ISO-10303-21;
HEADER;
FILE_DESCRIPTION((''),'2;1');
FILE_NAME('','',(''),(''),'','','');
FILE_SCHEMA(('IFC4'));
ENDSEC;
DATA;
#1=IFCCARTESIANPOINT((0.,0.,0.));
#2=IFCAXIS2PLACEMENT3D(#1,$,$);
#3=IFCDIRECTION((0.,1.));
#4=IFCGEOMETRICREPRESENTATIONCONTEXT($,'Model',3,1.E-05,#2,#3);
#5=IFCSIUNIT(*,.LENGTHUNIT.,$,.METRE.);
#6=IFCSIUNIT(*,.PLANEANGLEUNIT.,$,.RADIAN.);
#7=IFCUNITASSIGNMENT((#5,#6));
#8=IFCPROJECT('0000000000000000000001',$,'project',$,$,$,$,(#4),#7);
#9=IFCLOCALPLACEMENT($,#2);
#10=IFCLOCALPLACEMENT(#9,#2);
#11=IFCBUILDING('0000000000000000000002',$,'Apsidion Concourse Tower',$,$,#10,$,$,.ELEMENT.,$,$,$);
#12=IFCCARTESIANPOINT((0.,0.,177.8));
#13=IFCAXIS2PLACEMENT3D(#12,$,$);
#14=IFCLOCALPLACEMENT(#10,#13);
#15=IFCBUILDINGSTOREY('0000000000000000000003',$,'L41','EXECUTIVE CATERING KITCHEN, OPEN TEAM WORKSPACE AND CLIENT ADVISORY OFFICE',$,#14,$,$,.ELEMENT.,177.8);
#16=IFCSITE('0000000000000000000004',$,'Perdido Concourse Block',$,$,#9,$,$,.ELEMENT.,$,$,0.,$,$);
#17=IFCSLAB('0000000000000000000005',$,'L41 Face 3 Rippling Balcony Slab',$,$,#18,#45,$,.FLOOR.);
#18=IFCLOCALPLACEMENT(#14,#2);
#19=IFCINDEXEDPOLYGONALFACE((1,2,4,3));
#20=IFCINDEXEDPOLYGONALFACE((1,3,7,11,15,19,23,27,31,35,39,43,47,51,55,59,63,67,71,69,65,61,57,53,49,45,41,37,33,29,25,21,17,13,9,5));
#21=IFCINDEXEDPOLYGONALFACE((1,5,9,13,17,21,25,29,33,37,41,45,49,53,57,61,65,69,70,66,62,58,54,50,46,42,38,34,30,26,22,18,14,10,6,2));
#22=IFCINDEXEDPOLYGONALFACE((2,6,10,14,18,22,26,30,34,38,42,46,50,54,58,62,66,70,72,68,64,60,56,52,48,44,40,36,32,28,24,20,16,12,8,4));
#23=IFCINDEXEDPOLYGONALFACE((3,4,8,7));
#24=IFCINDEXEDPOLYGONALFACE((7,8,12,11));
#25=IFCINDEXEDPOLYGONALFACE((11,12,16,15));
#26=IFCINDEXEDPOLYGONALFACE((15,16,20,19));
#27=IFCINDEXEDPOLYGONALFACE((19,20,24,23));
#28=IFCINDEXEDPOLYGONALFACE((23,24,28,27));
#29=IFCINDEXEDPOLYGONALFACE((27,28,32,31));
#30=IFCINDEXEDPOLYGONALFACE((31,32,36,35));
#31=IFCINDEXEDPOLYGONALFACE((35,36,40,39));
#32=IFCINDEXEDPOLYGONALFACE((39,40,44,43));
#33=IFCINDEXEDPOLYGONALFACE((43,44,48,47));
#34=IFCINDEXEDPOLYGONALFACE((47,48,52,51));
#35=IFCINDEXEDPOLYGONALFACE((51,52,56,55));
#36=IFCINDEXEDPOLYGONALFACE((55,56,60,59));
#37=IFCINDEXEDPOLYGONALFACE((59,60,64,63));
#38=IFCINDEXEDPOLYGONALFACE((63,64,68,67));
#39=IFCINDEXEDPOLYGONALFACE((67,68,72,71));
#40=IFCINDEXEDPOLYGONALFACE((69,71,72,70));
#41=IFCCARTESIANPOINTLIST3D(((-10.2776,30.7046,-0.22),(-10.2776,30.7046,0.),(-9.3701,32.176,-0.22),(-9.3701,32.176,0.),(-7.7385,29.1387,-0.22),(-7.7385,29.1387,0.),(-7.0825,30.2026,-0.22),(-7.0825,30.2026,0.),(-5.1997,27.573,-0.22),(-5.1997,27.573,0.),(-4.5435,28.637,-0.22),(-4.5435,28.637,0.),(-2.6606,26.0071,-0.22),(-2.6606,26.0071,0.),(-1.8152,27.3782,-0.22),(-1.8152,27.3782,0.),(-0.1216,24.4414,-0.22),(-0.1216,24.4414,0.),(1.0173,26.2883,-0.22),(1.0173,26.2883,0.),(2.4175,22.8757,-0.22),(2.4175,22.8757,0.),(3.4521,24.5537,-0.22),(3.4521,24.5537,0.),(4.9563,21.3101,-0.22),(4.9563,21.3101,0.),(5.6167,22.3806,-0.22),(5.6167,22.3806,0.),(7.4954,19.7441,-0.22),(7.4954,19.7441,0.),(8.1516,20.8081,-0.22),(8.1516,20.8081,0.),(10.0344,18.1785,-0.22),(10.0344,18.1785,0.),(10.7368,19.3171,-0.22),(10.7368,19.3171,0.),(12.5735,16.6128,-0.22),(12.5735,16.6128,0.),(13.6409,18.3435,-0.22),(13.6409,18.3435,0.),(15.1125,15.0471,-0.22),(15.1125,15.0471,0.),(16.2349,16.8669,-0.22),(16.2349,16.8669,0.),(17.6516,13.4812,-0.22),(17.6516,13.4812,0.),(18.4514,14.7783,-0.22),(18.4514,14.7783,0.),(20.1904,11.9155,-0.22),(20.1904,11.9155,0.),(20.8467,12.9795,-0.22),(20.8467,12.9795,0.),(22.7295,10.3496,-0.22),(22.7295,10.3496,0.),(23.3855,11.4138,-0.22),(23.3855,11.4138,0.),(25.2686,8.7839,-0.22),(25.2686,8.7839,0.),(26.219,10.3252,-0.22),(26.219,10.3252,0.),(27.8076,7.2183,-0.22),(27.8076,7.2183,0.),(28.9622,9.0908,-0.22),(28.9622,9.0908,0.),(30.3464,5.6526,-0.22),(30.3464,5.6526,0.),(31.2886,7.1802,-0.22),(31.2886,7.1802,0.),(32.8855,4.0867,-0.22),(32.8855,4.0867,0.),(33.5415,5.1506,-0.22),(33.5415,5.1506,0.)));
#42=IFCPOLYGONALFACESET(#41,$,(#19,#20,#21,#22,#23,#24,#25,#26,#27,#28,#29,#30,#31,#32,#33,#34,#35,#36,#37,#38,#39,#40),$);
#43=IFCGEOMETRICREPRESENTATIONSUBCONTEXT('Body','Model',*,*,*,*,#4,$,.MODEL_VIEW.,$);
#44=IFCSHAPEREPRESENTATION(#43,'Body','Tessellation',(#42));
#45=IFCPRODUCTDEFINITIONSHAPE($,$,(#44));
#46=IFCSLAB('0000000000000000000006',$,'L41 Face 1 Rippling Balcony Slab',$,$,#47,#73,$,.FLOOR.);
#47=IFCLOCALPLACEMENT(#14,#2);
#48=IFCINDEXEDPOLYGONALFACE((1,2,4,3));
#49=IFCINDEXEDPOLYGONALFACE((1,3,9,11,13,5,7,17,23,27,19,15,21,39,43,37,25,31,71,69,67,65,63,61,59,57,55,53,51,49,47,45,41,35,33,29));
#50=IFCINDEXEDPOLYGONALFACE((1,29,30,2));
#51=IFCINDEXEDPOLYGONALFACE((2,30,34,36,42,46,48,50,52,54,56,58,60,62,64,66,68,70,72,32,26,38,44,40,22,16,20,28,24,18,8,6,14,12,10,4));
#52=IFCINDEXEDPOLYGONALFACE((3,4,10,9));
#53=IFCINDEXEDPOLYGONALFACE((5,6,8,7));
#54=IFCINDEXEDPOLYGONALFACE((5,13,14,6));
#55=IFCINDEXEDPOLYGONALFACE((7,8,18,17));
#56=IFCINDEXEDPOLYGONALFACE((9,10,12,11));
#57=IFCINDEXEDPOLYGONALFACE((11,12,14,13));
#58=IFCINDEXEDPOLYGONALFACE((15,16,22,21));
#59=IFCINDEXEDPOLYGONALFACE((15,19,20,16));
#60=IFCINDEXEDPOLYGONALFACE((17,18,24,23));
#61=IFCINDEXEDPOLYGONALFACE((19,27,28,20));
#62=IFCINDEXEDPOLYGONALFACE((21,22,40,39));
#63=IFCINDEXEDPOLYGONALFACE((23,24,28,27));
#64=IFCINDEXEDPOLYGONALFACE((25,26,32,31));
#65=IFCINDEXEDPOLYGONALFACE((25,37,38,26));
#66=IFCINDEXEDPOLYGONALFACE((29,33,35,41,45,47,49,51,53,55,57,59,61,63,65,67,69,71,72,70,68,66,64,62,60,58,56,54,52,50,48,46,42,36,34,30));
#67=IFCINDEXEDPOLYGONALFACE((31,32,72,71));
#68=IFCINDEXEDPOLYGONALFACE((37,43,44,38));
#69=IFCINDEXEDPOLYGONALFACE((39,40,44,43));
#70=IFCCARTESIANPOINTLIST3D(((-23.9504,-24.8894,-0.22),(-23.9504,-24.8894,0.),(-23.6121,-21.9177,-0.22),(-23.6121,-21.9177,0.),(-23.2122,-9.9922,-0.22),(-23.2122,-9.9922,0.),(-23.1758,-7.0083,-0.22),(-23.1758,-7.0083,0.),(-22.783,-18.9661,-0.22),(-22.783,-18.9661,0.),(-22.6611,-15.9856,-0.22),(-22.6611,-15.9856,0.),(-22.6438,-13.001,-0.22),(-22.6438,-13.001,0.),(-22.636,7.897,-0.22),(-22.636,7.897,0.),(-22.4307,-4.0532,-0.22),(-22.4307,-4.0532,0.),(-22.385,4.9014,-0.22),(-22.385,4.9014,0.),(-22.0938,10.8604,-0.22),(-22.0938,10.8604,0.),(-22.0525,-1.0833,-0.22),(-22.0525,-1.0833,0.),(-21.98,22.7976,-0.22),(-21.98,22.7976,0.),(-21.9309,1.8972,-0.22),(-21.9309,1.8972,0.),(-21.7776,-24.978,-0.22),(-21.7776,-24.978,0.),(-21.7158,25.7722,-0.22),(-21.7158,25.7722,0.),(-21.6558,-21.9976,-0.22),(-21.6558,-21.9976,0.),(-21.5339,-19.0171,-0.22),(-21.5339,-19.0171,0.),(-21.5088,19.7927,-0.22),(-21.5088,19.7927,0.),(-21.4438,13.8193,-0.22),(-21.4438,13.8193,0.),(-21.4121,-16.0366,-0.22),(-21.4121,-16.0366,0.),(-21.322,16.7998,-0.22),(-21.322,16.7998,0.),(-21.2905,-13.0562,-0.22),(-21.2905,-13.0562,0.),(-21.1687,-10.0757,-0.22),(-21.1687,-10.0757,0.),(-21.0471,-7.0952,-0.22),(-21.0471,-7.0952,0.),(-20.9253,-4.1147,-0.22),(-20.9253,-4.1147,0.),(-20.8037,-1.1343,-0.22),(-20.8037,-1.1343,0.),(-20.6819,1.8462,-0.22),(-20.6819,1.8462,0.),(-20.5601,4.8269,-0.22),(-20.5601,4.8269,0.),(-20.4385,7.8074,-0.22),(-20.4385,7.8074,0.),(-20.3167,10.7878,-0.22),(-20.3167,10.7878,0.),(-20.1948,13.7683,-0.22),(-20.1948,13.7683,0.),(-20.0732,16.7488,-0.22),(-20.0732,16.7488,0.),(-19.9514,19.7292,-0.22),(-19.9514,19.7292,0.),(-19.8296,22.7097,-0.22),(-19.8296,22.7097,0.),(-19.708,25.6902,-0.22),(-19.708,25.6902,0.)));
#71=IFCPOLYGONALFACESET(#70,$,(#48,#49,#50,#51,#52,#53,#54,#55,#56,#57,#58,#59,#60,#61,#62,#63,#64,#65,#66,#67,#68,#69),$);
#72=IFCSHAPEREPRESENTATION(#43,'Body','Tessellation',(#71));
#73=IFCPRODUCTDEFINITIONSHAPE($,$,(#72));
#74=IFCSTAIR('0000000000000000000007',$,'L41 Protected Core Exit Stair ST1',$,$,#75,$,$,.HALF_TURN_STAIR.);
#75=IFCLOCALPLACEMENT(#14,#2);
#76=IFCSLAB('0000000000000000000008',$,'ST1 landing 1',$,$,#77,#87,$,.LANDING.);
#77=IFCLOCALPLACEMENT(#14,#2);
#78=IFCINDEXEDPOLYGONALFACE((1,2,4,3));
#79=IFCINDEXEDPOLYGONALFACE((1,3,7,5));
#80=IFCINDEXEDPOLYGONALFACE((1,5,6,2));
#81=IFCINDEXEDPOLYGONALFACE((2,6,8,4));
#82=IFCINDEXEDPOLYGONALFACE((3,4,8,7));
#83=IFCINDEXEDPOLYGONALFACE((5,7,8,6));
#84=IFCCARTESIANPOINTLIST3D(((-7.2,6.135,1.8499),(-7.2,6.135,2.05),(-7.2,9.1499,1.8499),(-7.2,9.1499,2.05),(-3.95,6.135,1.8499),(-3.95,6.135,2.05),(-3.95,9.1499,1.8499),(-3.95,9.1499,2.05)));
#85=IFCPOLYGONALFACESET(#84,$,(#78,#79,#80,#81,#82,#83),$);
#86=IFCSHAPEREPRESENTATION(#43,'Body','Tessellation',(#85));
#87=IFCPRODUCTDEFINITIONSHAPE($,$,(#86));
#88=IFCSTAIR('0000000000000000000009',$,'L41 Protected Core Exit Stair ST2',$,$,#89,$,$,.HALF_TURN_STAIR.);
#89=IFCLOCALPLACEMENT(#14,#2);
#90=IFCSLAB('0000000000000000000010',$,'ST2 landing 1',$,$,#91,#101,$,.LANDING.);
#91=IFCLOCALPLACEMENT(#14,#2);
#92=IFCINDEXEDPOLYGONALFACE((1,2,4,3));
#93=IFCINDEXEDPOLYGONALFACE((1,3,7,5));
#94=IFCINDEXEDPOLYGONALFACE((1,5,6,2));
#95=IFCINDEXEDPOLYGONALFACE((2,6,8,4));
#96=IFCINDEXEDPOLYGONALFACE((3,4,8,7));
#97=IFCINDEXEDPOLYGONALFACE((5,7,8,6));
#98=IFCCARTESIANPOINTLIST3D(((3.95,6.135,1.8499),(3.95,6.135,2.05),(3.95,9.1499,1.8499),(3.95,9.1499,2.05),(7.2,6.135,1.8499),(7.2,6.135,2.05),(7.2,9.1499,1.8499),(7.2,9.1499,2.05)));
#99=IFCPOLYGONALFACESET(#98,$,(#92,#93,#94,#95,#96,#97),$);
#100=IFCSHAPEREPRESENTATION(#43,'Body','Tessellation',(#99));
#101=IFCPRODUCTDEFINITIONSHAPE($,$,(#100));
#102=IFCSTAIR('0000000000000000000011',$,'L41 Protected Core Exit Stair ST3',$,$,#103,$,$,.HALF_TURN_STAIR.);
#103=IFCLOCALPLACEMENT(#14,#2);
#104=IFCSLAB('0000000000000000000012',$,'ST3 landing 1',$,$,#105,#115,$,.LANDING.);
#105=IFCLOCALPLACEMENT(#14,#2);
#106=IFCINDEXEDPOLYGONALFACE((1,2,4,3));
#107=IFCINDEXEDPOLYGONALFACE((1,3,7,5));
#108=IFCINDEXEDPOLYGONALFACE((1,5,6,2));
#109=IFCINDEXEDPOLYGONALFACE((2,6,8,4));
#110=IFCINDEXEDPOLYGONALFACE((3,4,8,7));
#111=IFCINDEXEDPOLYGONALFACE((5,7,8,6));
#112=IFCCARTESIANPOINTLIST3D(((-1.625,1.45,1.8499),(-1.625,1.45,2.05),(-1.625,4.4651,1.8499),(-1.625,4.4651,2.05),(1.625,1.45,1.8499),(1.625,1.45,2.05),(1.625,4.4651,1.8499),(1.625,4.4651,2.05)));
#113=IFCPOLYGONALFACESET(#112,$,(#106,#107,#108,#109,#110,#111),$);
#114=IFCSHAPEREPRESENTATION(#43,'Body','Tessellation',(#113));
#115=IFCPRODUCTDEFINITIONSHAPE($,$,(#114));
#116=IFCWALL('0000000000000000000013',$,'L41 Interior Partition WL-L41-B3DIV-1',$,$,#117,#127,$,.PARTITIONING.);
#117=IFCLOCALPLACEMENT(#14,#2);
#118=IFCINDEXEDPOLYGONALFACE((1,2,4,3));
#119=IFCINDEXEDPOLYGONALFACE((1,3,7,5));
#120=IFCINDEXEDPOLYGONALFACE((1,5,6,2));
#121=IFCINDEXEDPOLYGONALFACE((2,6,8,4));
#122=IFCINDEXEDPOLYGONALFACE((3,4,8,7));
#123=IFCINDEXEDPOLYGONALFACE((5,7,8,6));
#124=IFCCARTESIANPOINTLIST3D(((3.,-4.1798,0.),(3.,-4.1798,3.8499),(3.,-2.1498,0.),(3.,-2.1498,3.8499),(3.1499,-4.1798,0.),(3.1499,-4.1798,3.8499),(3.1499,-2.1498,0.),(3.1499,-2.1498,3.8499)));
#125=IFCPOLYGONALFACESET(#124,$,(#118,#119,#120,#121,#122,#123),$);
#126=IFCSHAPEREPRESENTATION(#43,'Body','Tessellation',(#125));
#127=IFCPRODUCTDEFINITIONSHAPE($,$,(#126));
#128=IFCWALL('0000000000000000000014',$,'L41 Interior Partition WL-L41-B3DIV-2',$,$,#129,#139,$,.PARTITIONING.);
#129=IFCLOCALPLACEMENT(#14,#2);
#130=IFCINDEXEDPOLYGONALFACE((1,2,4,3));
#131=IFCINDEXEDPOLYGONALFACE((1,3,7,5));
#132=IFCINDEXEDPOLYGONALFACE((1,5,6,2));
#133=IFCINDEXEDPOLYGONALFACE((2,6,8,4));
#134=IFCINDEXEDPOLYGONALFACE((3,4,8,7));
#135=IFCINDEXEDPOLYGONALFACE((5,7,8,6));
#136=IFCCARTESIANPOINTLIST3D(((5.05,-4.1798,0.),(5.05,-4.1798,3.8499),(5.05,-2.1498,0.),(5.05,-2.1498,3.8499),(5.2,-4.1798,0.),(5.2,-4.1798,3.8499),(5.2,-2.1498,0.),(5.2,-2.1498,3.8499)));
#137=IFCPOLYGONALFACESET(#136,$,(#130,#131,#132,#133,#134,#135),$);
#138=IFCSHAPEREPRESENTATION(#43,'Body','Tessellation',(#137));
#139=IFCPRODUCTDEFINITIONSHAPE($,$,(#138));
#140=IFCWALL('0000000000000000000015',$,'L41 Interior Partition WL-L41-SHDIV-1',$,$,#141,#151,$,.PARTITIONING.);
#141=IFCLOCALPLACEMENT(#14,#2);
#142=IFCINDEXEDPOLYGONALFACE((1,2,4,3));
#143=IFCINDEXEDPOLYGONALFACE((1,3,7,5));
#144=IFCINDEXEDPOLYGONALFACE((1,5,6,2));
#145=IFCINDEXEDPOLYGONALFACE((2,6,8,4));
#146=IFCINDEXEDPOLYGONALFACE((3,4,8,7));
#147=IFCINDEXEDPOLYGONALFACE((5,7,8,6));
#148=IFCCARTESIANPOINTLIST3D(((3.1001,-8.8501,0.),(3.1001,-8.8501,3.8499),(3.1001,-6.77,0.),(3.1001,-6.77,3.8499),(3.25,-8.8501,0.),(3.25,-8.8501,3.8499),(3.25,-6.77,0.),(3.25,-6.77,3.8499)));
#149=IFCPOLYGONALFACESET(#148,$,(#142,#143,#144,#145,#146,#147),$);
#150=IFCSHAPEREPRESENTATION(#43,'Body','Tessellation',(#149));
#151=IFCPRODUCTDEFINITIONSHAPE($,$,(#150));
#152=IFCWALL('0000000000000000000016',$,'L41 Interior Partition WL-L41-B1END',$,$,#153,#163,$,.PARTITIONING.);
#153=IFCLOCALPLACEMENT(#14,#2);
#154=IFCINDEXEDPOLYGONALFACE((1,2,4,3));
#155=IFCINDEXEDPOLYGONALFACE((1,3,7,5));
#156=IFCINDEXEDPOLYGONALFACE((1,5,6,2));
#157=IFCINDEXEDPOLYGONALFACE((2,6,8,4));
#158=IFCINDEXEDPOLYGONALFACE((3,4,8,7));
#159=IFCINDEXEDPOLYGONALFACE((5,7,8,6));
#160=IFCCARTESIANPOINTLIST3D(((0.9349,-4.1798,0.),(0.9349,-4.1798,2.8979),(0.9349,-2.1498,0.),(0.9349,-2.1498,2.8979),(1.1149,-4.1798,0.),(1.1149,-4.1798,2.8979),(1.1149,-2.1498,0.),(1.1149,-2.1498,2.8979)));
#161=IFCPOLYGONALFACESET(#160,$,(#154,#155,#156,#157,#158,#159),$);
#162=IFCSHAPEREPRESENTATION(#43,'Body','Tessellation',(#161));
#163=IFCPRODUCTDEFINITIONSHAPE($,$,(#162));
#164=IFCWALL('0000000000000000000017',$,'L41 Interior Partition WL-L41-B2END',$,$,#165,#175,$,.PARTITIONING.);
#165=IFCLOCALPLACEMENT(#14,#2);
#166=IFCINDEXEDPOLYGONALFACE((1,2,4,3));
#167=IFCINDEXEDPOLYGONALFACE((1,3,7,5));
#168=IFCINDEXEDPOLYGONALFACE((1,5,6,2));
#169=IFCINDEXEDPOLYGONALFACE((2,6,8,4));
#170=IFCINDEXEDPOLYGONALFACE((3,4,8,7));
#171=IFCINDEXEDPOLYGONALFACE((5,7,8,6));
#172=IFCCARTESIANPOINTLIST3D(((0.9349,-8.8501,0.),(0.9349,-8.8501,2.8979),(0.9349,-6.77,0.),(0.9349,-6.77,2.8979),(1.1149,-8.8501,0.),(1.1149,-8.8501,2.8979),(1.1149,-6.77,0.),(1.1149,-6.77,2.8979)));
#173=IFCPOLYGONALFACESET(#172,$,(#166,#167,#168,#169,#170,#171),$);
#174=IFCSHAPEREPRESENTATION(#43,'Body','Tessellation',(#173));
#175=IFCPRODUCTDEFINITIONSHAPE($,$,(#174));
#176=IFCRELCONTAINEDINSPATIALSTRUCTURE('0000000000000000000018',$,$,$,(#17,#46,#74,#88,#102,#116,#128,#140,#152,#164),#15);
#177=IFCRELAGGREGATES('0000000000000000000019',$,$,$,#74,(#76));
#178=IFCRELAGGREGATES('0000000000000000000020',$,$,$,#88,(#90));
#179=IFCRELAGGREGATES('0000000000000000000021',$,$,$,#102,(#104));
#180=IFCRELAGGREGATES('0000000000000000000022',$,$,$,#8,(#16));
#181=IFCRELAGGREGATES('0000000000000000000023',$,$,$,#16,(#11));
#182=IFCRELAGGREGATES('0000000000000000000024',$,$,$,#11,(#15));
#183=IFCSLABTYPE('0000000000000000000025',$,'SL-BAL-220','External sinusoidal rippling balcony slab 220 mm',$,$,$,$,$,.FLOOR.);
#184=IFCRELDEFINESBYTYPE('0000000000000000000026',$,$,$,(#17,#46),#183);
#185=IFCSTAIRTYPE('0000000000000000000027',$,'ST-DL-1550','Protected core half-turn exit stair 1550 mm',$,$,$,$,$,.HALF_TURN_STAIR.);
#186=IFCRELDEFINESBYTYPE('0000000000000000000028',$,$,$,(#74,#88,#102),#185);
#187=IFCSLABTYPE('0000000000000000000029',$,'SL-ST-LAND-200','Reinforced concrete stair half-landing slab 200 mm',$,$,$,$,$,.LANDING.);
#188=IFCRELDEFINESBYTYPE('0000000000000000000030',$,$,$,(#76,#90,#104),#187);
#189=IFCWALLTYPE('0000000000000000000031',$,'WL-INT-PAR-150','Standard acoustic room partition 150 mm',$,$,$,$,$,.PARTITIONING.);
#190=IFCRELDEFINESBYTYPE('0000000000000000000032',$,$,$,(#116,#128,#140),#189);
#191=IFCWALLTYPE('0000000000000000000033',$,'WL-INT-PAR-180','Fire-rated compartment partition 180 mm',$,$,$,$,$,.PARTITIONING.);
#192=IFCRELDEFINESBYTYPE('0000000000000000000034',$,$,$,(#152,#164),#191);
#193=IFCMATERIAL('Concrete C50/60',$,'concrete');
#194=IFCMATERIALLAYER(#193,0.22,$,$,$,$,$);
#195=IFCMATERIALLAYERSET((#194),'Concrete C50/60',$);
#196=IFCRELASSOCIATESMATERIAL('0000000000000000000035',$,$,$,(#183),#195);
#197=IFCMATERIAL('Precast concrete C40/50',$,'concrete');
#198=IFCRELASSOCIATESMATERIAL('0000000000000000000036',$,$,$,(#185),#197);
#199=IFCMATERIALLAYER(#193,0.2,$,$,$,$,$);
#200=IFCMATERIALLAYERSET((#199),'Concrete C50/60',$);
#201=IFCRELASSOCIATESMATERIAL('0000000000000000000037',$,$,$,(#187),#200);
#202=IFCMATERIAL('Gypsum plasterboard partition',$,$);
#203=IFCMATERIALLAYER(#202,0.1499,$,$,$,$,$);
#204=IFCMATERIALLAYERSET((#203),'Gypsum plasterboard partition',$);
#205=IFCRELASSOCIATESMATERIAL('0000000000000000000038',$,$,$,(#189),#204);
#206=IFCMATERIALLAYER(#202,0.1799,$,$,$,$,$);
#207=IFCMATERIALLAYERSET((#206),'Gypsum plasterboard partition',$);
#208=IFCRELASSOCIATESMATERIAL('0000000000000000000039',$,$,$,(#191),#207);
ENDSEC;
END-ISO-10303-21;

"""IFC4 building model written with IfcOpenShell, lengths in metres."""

from ifc_helpers import new_model, si_unit, direction, frame, frame_2d, origin, place, context, subcontext, project, spatial, polyline, rectangle, outline, extrude, material, layer, layer_set, type_object, element, aggregate, save


model = new_model("IFC4")

# Units and contexts
model_context = context("Model", 3, precision=1e-05, world=origin(), true_north=direction((0.0, 1.0)))
body_context = subcontext(model_context, "Body", "Model", "MODEL_VIEW")
ifc_project = project(units=[si_unit("LENGTHUNIT", "METRE"), si_unit("PLANEANGLEUNIT", "RADIAN")], contexts=[model_context])

# Site, building, storey
site_placement = place(None, origin())
site = spatial("IfcSite", under=ifc_project, at=site_placement, Name="Perdido Concourse Block", CompositionType="ELEMENT", RefElevation=0.0)
building_placement = place(site_placement, origin())
building = spatial("IfcBuilding", under=site, at=building_placement, Name="Apsidion Concourse Tower", CompositionType="ELEMENT")
storey_placement = place(building_placement, frame((0.0, 0.0, 177.8)))
storey = spatial("IfcBuildingStorey", under=building, at=storey_placement, Name="L41", Description="EXECUTIVE CATERING KITCHEN, OPEN TEAM WORKSPACE AND CLIENT ADVISORY OFFICE", CompositionType="ELEMENT", Elevation=177.8)

# Shared definitions
ifc_material_1 = material(Name="Concrete C50/60", Category="concrete")

# Slabs
ifc_layer_1 = layer(ifc_material_1, 0.22)
ifc_layer_set_1 = layer_set([ifc_layer_1], Name="Concrete C50/60")
slab_type_1 = type_object("IfcSlabType", Name="SL-BAL-220", Description="External sinusoidal rippling balcony slab 220 mm", PredefinedType="FLOOR", material=ifc_layer_set_1)
slab_1_placement = place(storey_placement, frame((0.0, 0.0, -0.22)))
element("IfcSlab", 1, at=slab_1_placement, inside=storey, type_object=slab_type_1, Name="L41 Face 3 Rippling Balcony Slab", PredefinedType="FLOOR", context=body_context, shape_type="SweptSolid", body=[
    extrude(outline(polyline([(32.8855, 4.0867), (30.3464, 5.6526), (27.8076, 7.2183), (25.2686, 8.7839), (22.7295, 10.3496), (20.1904, 11.9155), (17.6516, 13.4812), (15.1125, 15.0471), (12.5735, 16.6128), (10.0344, 18.1785), (7.4954, 19.7441), (4.9563, 21.3101), (2.4175, 22.8757), (-0.1216, 24.4414), (-2.6606, 26.0071), (-5.1997, 27.573), (-7.7385, 29.1387), (-10.2776, 30.7046), (-9.3701, 32.176), (-7.0825, 30.2026), (-4.5435, 28.637), (-1.8152, 27.3782), (1.0173, 26.2883), (3.4521, 24.5537), (5.6167, 22.3806), (8.1516, 20.8081), (10.7368, 19.3171), (13.6409, 18.3435), (16.2349, 16.8669), (18.4514, 14.7783), (20.8467, 12.9795), (23.3855, 11.4138), (26.219, 10.3252), (28.9622, 9.0908), (31.2886, 7.1802), (33.5415, 5.1506), (32.8855, 4.0867)])), origin(), (0.0, 0.0, 1.0), 0.22),
])
slab_2_placement = place(storey_placement, frame((0.0, 0.0, -0.22)))
element("IfcSlab", 2, at=slab_2_placement, inside=storey, type_object=slab_type_1, Name="L41 Face 1 Rippling Balcony Slab", PredefinedType="FLOOR", context=body_context, shape_type="SweptSolid", body=[
    extrude(outline(polyline([(-19.708, 25.6902), (-19.8296, 22.7097), (-19.9514, 19.7292), (-20.0732, 16.7488), (-20.1948, 13.7683), (-20.3167, 10.7878), (-20.4385, 7.8074), (-20.5601, 4.8269), (-20.6819, 1.8462), (-20.8037, -1.1343), (-20.9253, -4.1147), (-21.0471, -7.0952), (-21.1687, -10.0757), (-21.2905, -13.0562), (-21.4121, -16.0366), (-21.5339, -19.0171), (-21.6558, -21.9976), (-21.7776, -24.978), (-23.9504, -24.8894), (-23.6121, -21.9177), (-22.783, -18.9661), (-22.6611, -15.9856), (-22.6438, -13.001), (-23.2122, -9.9922), (-23.1758, -7.0083), (-22.4307, -4.0532), (-22.0525, -1.0833), (-21.9309, 1.8972), (-22.385, 4.9014), (-22.636, 7.897), (-22.0938, 10.8604), (-21.4438, 13.8193), (-21.322, 16.7998), (-21.5088, 19.7927), (-21.98, 22.7976), (-21.7158, 25.7722), (-19.708, 25.6902)])), origin(), (0.0, 0.0, 1.0), 0.22),
])

# Stairs, slabs
ifc_material_2 = material(Name="Precast concrete C40/50", Category="concrete")
stair_type = type_object("IfcStairType", Name="ST-DL-1550", Description="Protected core half-turn exit stair 1550 mm", PredefinedType="HALF_TURN_STAIR", material=ifc_material_2)
stair_1_placement = place(storey_placement, origin())
stair_1 = element("IfcStair", 3, at=stair_1_placement, inside=storey, type_object=stair_type, Name="L41 Protected Core Exit Stair ST1", PredefinedType="HALF_TURN_STAIR")
ifc_layer_2 = layer(ifc_material_1, 0.2)
ifc_layer_set_2 = layer_set([ifc_layer_2], Name="Concrete C50/60")
slab_type_2 = type_object("IfcSlabType", Name="SL-ST-LAND-200", Description="Reinforced concrete stair half-landing slab 200 mm", PredefinedType="LANDING", material=ifc_layer_set_2)
slab_3_placement = place(storey_placement, frame((0.0, 0.0, 1.8499)))
slab_3 = element("IfcSlab", 4, at=slab_3_placement, type_object=slab_type_2, Name="ST1 landing 1", PredefinedType="LANDING", context=body_context, shape_type="SweptSolid", body=[
    extrude(outline(polyline([(-3.95, 6.135), (-3.95, 9.1499), (-7.2, 9.1499), (-7.2, 6.135), (-3.95, 6.135)])), origin(), (0.0, 0.0, 1.0), 0.2002),
])
aggregate(stair_1, [slab_3])
stair_2_placement = place(storey_placement, origin())
stair_2 = element("IfcStair", 5, at=stair_2_placement, inside=storey, type_object=stair_type, Name="L41 Protected Core Exit Stair ST2", PredefinedType="HALF_TURN_STAIR")
slab_4_placement = place(storey_placement, frame((0.0, 0.0, 1.8499)))
slab_4 = element("IfcSlab", 6, at=slab_4_placement, type_object=slab_type_2, Name="ST2 landing 1", PredefinedType="LANDING", context=body_context, shape_type="SweptSolid", body=[
    extrude(outline(polyline([(7.2, 6.135), (7.2, 9.1499), (3.95, 9.1499), (3.95, 6.135), (7.2, 6.135)])), origin(), (0.0, 0.0, 1.0), 0.2002),
])
aggregate(stair_2, [slab_4])
stair_3_placement = place(storey_placement, origin())
stair_3 = element("IfcStair", 7, at=stair_3_placement, inside=storey, type_object=stair_type, Name="L41 Protected Core Exit Stair ST3", PredefinedType="HALF_TURN_STAIR")
slab_5_placement = place(storey_placement, frame((0.0, 0.0, 1.8499)))
slab_5 = element("IfcSlab", 8, at=slab_5_placement, type_object=slab_type_2, Name="ST3 landing 1", PredefinedType="LANDING", context=body_context, shape_type="SweptSolid", body=[
    extrude(outline(polyline([(-1.625, 4.4651), (-1.625, 1.45), (1.625, 1.45), (1.625, 4.4651), (-1.625, 4.4651)])), origin(), (0.0, 0.0, 1.0), 0.2002),
])
aggregate(stair_3, [slab_5])

# Walls
ifc_material_3 = material(Name="Gypsum plasterboard partition")
ifc_layer_3 = layer(ifc_material_3, 0.1499)
ifc_layer_set_3 = layer_set([ifc_layer_3], Name="Gypsum plasterboard partition")
wall_type_1 = type_object("IfcWallType", Name="WL-INT-PAR-150", Description="Standard acoustic room partition 150 mm", PredefinedType="PARTITIONING", material=ifc_layer_set_3)
for number, where, z_axis, x_axis, name in (
    (9, (3.075, -4.1799, 0.0), (0.0, 0.0, 1.0), (0.0, 1.0, 0.0), "L41 Interior Partition WL-L41-B3DIV-1"),
    (10, (5.125, -4.1799, 0.0), (0.0, 0.0, 1.0), (0.0, 1.0, 0.0), "L41 Interior Partition WL-L41-B3DIV-2"),
):
    element("IfcWall", number, at=place(storey_placement, frame(where, z_axis=z_axis, x_axis=x_axis)), inside=storey, type_object=wall_type_1, Name=name, PredefinedType="PARTITIONING", context=body_context, shape_type="SweptSolid", body=[
        extrude(rectangle(XDim=2.03, YDim=0.1499, at=frame_2d((1.0151, 0.0))), origin(), (0.0, 0.0, 1.0), 3.8499),
    ])
wall_1_placement = place(storey_placement, frame((3.175, -8.8501, 0.0), z_axis=(0.0, 0.0, 1.0), x_axis=(0.0, 1.0, 0.0)))
element("IfcWall", 11, at=wall_1_placement, inside=storey, type_object=wall_type_1, Name="L41 Interior Partition WL-L41-SHDIV-1", PredefinedType="PARTITIONING", context=body_context, shape_type="SweptSolid", body=[
    extrude(rectangle(XDim=2.0801, YDim=0.1499, at=frame_2d((1.04, 0.0))), origin(), (0.0, 0.0, 1.0), 3.8499),
])
ifc_layer_4 = layer(ifc_material_3, 0.1799)
ifc_layer_set_4 = layer_set([ifc_layer_4], Name="Gypsum plasterboard partition")
wall_type_2 = type_object("IfcWallType", Name="WL-INT-PAR-180", Description="Fire-rated compartment partition 180 mm", PredefinedType="PARTITIONING", material=ifc_layer_set_4)
wall_2_placement = place(storey_placement, frame((1.0249, -4.1799, 0.0), z_axis=(0.0, 0.0, 1.0), x_axis=(0.0, 1.0, 0.0)))
element("IfcWall", 12, at=wall_2_placement, inside=storey, type_object=wall_type_2, Name="L41 Interior Partition WL-L41-B1END", PredefinedType="PARTITIONING", context=body_context, shape_type="SweptSolid", body=[
    extrude(rectangle(XDim=2.03, YDim=0.1799, at=frame_2d((1.0151, 0.0))), origin(), (0.0, 0.0, 1.0), 2.8979),
])
wall_3_placement = place(storey_placement, frame((1.0249, -8.8501, 0.0), z_axis=(0.0, 0.0, 1.0), x_axis=(0.0, 1.0, 0.0)))
element("IfcWall", 13, at=wall_3_placement, inside=storey, type_object=wall_type_2, Name="L41 Interior Partition WL-L41-B2END", PredefinedType="PARTITIONING", context=body_context, shape_type="SweptSolid", body=[
    extrude(rectangle(XDim=2.0801, YDim=0.1799, at=frame_2d((1.04, 0.0))), origin(), (0.0, 0.0, 1.0), 2.8979),
])

save(model, "model.ifc")
